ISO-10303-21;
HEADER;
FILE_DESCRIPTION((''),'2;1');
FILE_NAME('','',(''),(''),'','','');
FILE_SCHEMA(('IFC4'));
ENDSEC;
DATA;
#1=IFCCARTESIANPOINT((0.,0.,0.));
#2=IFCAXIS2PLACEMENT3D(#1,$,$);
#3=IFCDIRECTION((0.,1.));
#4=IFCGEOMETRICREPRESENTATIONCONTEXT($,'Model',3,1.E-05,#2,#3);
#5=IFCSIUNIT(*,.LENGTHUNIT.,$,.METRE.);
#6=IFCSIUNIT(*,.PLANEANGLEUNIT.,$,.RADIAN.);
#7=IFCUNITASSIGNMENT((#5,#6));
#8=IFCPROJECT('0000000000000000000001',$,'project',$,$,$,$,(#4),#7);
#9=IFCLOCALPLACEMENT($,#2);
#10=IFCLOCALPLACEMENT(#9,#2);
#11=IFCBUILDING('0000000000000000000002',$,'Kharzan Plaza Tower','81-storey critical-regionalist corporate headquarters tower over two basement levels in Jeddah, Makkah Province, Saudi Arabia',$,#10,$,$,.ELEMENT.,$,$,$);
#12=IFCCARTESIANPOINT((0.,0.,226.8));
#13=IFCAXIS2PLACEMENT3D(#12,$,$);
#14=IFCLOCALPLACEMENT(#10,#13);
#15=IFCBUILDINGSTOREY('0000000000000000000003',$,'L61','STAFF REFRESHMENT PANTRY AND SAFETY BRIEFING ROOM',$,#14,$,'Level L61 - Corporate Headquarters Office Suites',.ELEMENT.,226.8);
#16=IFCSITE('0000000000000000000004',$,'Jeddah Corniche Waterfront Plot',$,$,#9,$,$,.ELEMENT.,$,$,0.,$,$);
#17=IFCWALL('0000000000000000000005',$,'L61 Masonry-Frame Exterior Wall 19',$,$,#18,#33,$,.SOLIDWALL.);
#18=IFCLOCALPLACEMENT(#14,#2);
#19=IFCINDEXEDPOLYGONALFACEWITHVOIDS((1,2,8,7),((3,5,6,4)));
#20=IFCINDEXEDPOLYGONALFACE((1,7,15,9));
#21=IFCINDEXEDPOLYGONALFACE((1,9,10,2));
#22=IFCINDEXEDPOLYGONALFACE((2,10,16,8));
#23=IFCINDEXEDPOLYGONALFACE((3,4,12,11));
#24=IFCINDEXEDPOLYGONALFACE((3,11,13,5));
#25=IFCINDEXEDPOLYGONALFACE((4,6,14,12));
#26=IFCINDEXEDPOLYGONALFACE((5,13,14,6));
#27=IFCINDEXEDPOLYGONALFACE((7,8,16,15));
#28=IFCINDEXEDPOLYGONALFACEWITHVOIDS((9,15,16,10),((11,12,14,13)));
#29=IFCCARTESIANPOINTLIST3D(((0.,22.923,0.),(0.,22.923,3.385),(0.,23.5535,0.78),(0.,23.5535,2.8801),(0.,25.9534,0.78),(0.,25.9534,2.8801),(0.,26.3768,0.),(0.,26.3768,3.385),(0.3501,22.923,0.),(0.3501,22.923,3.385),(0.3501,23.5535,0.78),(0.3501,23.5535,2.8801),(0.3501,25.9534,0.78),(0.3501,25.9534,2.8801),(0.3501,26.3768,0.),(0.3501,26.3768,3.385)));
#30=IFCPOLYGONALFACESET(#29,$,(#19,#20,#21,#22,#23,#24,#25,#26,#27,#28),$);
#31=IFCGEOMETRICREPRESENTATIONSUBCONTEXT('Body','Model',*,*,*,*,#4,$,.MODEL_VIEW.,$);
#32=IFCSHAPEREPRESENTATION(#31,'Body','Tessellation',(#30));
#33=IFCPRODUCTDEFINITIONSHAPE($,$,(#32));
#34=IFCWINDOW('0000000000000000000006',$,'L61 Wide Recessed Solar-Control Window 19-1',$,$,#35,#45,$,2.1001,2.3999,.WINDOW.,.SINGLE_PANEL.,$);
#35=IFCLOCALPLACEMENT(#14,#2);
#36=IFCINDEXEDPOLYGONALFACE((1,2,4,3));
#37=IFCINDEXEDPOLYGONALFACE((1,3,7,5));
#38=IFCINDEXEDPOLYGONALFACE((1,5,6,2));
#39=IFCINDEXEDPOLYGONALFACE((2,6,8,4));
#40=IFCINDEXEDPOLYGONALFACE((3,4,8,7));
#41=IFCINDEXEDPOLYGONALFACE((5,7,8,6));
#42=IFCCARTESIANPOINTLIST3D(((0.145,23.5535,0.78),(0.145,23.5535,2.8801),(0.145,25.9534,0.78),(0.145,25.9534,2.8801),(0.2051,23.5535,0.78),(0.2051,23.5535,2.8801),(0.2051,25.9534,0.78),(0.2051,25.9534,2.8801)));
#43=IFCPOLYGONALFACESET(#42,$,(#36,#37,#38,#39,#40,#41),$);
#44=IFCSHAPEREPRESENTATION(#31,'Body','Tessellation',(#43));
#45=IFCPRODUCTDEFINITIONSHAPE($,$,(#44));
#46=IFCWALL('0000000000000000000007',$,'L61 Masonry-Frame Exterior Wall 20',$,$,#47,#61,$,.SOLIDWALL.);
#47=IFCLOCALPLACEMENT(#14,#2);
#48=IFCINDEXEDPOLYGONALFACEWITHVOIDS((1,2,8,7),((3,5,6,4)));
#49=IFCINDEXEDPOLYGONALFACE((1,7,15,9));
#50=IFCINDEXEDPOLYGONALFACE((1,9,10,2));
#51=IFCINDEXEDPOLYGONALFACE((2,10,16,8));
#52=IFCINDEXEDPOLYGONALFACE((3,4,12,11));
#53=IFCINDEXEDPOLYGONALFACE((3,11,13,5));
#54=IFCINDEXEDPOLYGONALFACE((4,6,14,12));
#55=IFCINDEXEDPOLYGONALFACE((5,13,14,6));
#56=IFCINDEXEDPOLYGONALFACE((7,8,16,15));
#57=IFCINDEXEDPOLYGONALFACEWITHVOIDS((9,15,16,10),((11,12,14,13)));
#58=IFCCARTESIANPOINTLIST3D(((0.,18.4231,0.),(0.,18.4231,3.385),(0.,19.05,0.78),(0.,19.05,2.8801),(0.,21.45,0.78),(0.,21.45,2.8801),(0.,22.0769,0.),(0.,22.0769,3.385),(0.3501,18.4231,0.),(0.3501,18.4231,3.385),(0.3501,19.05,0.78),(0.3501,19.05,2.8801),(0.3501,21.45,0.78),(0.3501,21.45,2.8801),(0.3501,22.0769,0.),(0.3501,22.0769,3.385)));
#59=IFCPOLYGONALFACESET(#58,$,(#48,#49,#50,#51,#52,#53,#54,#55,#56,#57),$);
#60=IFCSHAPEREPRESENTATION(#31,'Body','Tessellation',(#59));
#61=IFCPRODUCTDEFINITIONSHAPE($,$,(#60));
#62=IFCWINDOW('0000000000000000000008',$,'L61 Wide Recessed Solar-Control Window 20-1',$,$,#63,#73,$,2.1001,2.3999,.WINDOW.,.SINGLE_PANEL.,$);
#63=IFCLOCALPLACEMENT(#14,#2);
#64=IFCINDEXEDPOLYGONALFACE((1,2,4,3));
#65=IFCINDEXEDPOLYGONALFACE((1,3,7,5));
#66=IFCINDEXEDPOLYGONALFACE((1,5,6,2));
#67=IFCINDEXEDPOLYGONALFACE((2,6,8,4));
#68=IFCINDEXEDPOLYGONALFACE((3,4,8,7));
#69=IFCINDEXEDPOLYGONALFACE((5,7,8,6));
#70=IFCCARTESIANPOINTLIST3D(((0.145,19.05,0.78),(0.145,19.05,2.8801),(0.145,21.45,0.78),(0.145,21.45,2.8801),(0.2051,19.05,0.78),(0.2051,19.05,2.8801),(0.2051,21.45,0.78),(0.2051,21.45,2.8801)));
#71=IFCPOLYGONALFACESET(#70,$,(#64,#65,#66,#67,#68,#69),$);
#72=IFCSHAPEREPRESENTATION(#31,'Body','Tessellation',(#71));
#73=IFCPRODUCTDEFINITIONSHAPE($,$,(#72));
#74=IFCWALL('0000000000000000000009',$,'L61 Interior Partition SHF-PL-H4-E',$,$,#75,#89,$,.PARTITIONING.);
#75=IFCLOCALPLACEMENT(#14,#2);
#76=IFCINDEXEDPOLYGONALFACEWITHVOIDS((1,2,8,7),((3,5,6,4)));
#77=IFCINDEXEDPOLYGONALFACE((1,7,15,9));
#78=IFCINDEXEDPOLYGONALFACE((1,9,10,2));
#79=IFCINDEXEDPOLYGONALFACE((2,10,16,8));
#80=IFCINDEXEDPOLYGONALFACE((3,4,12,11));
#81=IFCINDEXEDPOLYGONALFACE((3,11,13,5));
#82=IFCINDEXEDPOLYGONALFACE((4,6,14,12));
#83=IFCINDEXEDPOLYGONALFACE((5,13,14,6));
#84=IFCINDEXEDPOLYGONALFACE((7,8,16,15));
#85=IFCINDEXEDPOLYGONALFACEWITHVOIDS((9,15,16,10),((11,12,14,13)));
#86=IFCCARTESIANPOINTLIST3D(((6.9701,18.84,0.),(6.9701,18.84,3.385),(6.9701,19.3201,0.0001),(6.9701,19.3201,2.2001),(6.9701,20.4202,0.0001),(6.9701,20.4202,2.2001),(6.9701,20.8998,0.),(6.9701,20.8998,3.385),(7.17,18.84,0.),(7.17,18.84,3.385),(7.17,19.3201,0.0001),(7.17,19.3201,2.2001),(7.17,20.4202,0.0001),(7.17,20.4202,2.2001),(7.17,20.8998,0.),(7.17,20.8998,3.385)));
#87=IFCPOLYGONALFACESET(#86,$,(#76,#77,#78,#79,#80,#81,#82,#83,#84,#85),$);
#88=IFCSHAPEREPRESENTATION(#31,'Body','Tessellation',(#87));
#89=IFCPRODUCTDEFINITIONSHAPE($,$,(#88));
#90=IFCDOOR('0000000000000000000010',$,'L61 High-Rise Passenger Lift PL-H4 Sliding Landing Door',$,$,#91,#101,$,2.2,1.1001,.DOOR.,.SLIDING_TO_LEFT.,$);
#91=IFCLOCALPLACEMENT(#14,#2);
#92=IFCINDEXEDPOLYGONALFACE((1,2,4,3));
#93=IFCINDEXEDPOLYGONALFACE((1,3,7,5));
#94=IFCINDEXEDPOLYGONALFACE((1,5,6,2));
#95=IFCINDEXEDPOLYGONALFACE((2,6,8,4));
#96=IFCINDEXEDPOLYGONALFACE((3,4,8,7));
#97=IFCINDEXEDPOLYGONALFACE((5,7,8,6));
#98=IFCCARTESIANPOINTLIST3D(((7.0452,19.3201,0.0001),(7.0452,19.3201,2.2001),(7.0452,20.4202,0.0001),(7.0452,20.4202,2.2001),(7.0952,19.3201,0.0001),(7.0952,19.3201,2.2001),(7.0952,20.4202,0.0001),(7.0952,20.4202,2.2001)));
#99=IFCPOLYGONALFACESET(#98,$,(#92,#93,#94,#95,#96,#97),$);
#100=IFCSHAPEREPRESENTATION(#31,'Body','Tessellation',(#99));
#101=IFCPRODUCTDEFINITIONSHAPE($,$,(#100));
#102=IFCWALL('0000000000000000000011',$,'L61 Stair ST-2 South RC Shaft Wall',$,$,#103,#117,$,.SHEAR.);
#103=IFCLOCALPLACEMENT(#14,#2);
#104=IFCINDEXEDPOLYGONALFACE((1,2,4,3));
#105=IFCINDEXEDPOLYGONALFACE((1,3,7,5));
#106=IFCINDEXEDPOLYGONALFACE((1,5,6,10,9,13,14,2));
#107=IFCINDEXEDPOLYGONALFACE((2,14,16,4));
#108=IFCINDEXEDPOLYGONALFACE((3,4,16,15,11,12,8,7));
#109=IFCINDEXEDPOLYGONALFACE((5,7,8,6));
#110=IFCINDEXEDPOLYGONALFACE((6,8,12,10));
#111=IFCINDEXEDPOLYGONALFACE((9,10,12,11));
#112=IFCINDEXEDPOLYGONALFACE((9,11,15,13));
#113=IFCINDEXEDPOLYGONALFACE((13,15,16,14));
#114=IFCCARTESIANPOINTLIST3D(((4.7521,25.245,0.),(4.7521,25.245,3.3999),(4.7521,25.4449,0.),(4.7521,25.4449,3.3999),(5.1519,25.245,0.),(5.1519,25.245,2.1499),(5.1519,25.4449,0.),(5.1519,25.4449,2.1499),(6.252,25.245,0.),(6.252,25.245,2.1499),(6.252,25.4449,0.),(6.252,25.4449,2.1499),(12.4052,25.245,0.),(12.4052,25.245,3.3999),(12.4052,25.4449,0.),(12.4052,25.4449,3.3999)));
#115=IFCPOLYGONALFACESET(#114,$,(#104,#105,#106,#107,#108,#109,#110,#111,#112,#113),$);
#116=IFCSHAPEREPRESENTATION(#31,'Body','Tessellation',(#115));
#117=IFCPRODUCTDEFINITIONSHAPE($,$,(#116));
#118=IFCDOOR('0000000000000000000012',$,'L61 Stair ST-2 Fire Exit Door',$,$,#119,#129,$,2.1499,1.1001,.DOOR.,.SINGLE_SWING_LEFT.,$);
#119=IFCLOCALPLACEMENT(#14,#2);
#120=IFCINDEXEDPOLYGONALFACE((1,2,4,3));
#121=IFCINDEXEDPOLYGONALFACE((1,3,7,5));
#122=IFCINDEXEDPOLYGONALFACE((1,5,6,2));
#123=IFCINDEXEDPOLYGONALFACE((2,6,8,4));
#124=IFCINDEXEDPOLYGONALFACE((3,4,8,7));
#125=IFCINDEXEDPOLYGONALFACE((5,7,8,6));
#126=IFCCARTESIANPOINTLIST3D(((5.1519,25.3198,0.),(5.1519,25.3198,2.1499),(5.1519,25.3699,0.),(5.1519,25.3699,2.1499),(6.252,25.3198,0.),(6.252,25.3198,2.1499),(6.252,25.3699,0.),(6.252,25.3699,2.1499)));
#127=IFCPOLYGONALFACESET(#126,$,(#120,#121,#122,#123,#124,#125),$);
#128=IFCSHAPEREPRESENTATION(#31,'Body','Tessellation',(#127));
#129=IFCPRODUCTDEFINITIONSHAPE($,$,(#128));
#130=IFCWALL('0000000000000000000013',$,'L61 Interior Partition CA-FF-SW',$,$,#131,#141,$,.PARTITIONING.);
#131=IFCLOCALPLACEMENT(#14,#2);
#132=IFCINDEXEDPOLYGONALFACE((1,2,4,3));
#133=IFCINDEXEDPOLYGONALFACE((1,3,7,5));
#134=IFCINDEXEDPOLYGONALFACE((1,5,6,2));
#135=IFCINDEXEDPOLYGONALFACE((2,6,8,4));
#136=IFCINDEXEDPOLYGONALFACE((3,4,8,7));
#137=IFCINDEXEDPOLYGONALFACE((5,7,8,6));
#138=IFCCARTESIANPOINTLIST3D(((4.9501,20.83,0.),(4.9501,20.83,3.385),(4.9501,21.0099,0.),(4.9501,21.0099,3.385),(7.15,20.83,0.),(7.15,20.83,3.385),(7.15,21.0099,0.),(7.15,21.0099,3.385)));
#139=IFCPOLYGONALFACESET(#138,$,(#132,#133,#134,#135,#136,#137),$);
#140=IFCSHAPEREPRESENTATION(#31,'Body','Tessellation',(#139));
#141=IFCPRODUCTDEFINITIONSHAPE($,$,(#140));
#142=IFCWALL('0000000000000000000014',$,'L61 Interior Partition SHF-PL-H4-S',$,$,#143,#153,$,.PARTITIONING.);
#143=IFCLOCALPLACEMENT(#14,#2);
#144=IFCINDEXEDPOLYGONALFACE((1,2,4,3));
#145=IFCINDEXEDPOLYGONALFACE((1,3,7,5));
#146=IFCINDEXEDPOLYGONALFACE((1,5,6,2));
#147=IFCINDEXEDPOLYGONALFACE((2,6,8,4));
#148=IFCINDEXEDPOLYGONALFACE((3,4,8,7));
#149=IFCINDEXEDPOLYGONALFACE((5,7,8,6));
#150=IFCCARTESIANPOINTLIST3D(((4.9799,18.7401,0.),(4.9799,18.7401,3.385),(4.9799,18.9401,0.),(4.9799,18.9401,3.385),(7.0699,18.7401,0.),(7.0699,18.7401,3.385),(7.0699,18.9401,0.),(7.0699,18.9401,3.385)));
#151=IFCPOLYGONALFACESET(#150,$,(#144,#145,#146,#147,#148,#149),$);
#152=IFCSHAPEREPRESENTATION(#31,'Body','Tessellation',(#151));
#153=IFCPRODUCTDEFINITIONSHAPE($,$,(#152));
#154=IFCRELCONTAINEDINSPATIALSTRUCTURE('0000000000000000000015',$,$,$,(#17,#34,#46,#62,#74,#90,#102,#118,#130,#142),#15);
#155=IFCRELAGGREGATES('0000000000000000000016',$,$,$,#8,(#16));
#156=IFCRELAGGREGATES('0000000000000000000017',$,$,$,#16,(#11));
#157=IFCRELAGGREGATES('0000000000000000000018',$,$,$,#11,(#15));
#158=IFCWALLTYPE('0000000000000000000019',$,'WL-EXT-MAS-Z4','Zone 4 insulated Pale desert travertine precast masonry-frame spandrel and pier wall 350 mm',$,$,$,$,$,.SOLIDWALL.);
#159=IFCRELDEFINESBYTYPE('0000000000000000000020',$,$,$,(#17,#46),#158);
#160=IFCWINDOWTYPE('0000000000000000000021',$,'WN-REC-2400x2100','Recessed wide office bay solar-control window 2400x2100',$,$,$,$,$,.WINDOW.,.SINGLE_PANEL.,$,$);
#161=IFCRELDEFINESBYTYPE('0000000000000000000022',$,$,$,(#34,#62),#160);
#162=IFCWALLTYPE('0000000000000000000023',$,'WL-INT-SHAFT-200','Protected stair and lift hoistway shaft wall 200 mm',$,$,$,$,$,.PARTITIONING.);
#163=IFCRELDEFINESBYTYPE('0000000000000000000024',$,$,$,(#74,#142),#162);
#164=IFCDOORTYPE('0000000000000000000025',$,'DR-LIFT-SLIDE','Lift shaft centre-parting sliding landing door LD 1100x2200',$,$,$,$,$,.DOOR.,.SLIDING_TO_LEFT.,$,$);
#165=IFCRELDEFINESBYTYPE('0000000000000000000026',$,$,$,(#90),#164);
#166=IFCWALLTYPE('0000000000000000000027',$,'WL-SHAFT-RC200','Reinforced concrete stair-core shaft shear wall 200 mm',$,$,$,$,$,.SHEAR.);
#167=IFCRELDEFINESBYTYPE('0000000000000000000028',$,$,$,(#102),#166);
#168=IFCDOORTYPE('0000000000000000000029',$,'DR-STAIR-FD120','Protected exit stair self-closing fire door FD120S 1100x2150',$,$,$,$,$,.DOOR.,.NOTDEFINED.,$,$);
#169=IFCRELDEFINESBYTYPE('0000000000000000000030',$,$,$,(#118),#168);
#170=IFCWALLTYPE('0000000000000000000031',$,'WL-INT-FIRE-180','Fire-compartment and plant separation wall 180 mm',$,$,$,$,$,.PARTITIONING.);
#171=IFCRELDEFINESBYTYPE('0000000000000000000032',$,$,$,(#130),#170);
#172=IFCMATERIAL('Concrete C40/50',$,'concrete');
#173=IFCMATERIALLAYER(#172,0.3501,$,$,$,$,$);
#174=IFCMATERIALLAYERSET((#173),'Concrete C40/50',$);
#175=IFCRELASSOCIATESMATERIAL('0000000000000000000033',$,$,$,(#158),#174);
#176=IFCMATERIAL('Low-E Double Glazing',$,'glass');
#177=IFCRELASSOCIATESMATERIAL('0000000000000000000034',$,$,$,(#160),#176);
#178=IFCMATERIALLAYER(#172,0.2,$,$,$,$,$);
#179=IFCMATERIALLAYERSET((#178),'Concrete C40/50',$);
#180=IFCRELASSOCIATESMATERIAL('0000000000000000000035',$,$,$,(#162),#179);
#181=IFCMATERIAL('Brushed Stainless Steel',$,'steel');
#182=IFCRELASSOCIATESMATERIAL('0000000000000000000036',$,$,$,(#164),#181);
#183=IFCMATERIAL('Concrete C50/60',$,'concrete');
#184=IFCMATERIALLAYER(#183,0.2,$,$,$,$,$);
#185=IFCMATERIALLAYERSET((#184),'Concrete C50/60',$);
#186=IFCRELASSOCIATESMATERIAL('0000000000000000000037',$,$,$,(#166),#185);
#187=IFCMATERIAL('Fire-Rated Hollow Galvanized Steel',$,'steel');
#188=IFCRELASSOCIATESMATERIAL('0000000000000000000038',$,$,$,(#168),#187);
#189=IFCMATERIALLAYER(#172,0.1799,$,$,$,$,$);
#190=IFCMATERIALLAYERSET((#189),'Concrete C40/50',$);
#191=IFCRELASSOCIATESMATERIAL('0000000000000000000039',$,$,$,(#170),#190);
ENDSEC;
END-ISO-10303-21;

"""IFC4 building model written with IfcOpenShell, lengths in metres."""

from ifc_helpers import new_model, si_unit, direction, frame, frame_2d, origin, place, context, subcontext, project, spatial, rectangle, extrude, source, transform, mapped, material, layer, layer_set, type_object, element, fill, save


model = new_model("IFC4")

# Units and contexts
model_context = context("Model", 3, precision=1e-05, world=origin(), true_north=direction((0.0, 1.0)))
body_context = subcontext(model_context, "Body", "Model", "MODEL_VIEW")
ifc_project = project(units=[si_unit("LENGTHUNIT", "METRE"), si_unit("PLANEANGLEUNIT", "RADIAN")], contexts=[model_context])

# Site, building, storey
site_placement = place(None, origin())
site = spatial("IfcSite", under=ifc_project, at=site_placement, Name="Jeddah Corniche Waterfront Plot", CompositionType="ELEMENT", RefElevation=0.0)
building_placement = place(site_placement, origin())
building = spatial("IfcBuilding", under=site, at=building_placement, Name="Kharzan Plaza Tower", Description="81-storey critical-regionalist corporate headquarters tower over two basement levels in Jeddah, Makkah Province, Saudi Arabia", CompositionType="ELEMENT")
storey_placement = place(building_placement, frame((0.0, 0.0, 226.8)))
storey = spatial("IfcBuildingStorey", under=building, at=storey_placement, Name="L61", Description="STAFF REFRESHMENT PANTRY AND SAFETY BRIEFING ROOM", LongName="Level L61 - Corporate Headquarters Office Suites", CompositionType="ELEMENT", Elevation=226.8)

# Shared definitions
ifc_material_1 = material(Name="Concrete C50/60", Category="concrete")

# Walls, openings, windows
ifc_material_2 = material(Name="Concrete C40/50", Category="concrete")
ifc_layer_1 = layer(ifc_material_2, 0.3501)
ifc_layer_set_1 = layer_set([ifc_layer_1], Name="Concrete C40/50")
wall_type_1 = type_object("IfcWallType", Name="WL-EXT-MAS-Z4", Description="Zone 4 insulated Pale desert travertine precast masonry-frame spandrel and pier wall 350 mm", PredefinedType="SOLIDWALL", material=ifc_layer_set_1)
wall_1_placement = place(storey_placement, frame((0.175, 26.377, 0.0), z_axis=(0.0, 0.0, 1.0), x_axis=(0.0, -1.0, 0.0)))
wall_1 = element("IfcWall", 1, at=wall_1_placement, inside=storey, type_object=wall_type_1, Name="L61 Masonry-Frame Exterior Wall 19", PredefinedType="SOLIDWALL", context=body_context, shape_type="SweptSolid", body=[
    extrude(rectangle(XDim=3.4539, YDim=0.3501, at=frame_2d((1.7271, 0.0))), origin(), (0.0, 0.0, 1.0), 3.385),
])
opening_1_placement = place(wall_1_placement, frame((0.4236, 0.0, 0.78)))
opening_1 = element("IfcOpeningElement", 2, at=opening_1_placement, cuts=wall_1, PredefinedType="OPENING", context=body_context, shape_type="SweptSolid", body=[
    extrude(rectangle(XDim=2.3999, YDim=2.1001, at=frame_2d((1.2, 1.05))), frame((0.0, 0.1851, 0.0), z_axis=(0.0, -1.0, 0.0), x_axis=(1.0, 0.0, 0.0)), (0.0, 0.0, 1.0), 0.3701),
])
ifc_material_3 = material(Name="Low-E Double Glazing", Category="glass")
window_type = type_object("IfcWindowType", Name="WN-REC-2400x2100", Description="Recessed wide office bay solar-control window 2400x2100", PartitioningType="SINGLE_PANEL", PredefinedType="WINDOW", material=ifc_material_3)
shared_shape_1 = source(origin(), body_context, "Body", "SweptSolid", [
    extrude(rectangle(XDim=2.3999, YDim=2.1001, at=frame_2d((1.2, 1.05))), frame((0.0, 0.03, 0.0), z_axis=(0.0, -1.0, 0.0), x_axis=(1.0, 0.0, 0.0)), (0.0, 0.0, 1.0), 0.0601),
])
window_1_placement = place(opening_1_placement, origin())
window_1 = element("IfcWindow", 3, at=window_1_placement, inside=storey, type_object=window_type, Name="L61 Wide Recessed Solar-Control Window 19-1", OverallHeight=2.1001, OverallWidth=2.3999, PartitioningType="SINGLE_PANEL", PredefinedType="WINDOW", context=body_context, shape_type="MappedRepresentation", body=[
    mapped(shared_shape_1, transform((0.0, 0.0, 0.0), x_axis=(1.0, 0.0, 0.0), y_axis=(0.0, 1.0, 0.0), z_axis=(0.0, 0.0, 1.0))),
])
fill(opening_1, window_1)
wall_2_placement = place(storey_placement, frame((0.175, 22.0769, 0.0), z_axis=(0.0, 0.0, 1.0), x_axis=(0.0, -1.0, 0.0)))
wall_2 = element("IfcWall", 4, at=wall_2_placement, inside=storey, type_object=wall_type_1, Name="L61 Masonry-Frame Exterior Wall 20", PredefinedType="SOLIDWALL", context=body_context, shape_type="SweptSolid", body=[
    extrude(rectangle(XDim=3.6538, YDim=0.3501, at=frame_2d((1.8269, 0.0))), origin(), (0.0, 0.0, 1.0), 3.385),
])
opening_2_placement = place(wall_2_placement, frame((0.627, 0.0, 0.78)))
opening_2 = element("IfcOpeningElement", 5, at=opening_2_placement, cuts=wall_2, PredefinedType="OPENING", context=body_context, shape_type="SweptSolid", body=[
    extrude(rectangle(XDim=2.3999, YDim=2.1001, at=frame_2d((1.2, 1.05))), frame((0.0, 0.1851, 0.0), z_axis=(0.0, -1.0, 0.0), x_axis=(1.0, 0.0, 0.0)), (0.0, 0.0, 1.0), 0.3701),
])
window_2_placement = place(opening_2_placement, origin())
window_2 = element("IfcWindow", 6, at=window_2_placement, inside=storey, type_object=window_type, Name="L61 Wide Recessed Solar-Control Window 20-1", OverallHeight=2.1001, OverallWidth=2.3999, PartitioningType="SINGLE_PANEL", PredefinedType="WINDOW", context=body_context, shape_type="MappedRepresentation", body=[
    mapped(shared_shape_1, transform((0.0, 0.0, 0.0), x_axis=(1.0, 0.0, 0.0), y_axis=(0.0, 1.0, 0.0), z_axis=(0.0, 0.0, 1.0))),
])
fill(opening_2, window_2)

# Walls, openings, doors
ifc_layer_2 = layer(ifc_material_2, 0.2)
ifc_layer_set_2 = layer_set([ifc_layer_2], Name="Concrete C40/50")
wall_type_2 = type_object("IfcWallType", Name="WL-INT-SHAFT-200", Description="Protected stair and lift hoistway shaft wall 200 mm", PredefinedType="PARTITIONING", material=ifc_layer_set_2)
wall_3_placement = place(storey_placement, frame((7.0701, 18.8401, 0.0), z_axis=(0.0, 0.0, 1.0), x_axis=(0.0, 1.0, 0.0)))
wall_3 = element("IfcWall", 7, at=wall_3_placement, inside=storey, type_object=wall_type_2, Name="L61 Interior Partition SHF-PL-H4-E", PredefinedType="PARTITIONING", context=body_context, shape_type="SweptSolid", body=[
    extrude(rectangle(XDim=2.0598, YDim=0.2, at=frame_2d((1.0298, 0.0))), origin(), (0.0, 0.0, 1.0), 3.385),
])
opening_3_placement = place(wall_3_placement, frame((0.48, 0.0, 0.0)))
opening_3 = element("IfcOpeningElement", 8, at=opening_3_placement, cuts=wall_3, PredefinedType="OPENING", context=body_context, shape_type="SweptSolid", body=[
    extrude(rectangle(XDim=1.1001, YDim=2.2, at=frame_2d((0.55, 1.1001))), frame((0.0, 0.1099, 0.0), z_axis=(0.0, -1.0, 0.0), x_axis=(1.0, 0.0, 0.0)), (0.0, 0.0, 1.0), 0.22),
])
ifc_material_4 = material(Name="Brushed Stainless Steel", Category="steel")
door_type_1 = type_object("IfcDoorType", Name="DR-LIFT-SLIDE", Description="Lift shaft centre-parting sliding landing door LD 1100x2200", OperationType="SLIDING_TO_LEFT", PredefinedType="DOOR", material=ifc_material_4)
shared_shape_2 = source(origin(), body_context, "Body", "SweptSolid", [
    extrude(rectangle(XDim=1.1001, YDim=2.2, at=frame_2d((0.55, 1.1001))), frame((0.0, 0.0249, 0.0), z_axis=(0.0, -1.0, 0.0), x_axis=(1.0, 0.0, 0.0)), (0.0, 0.0, 1.0), 0.05),
])
door_1_placement = place(opening_3_placement, origin())
door_1 = element("IfcDoor", 9, at=door_1_placement, inside=storey, type_object=door_type_1, Name="L61 High-Rise Passenger Lift PL-H4 Sliding Landing Door", OperationType="SLIDING_TO_LEFT", OverallHeight=2.2, OverallWidth=1.1001, PredefinedType="DOOR", context=body_context, shape_type="MappedRepresentation", body=[
    mapped(shared_shape_2, transform((0.0, 0.0, 0.0), x_axis=(1.0, 0.0, 0.0), y_axis=(0.0, 1.0, 0.0), z_axis=(0.0, 0.0, 1.0))),
])
fill(opening_3, door_1)
ifc_layer_3 = layer(ifc_material_1, 0.2)
ifc_layer_set_3 = layer_set([ifc_layer_3], Name="Concrete C50/60")
wall_type_3 = type_object("IfcWallType", Name="WL-SHAFT-RC200", Description="Reinforced concrete stair-core shaft shear wall 200 mm", PredefinedType="SHEAR", material=ifc_layer_set_3)
wall_4_placement = place(storey_placement, frame((4.752, 25.345, 0.0), z_axis=(0.0, 0.0, 1.0), x_axis=(1.0, 0.0, 0.0)))
wall_4 = element("IfcWall", 10, at=wall_4_placement, inside=storey, type_object=wall_type_3, Name="L61 Stair ST-2 South RC Shaft Wall", PredefinedType="SHEAR", context=body_context, shape_type="SweptSolid", body=[
    extrude(rectangle(XDim=7.6531, YDim=0.2, at=frame_2d((3.8267, 0.0))), origin(), (0.0, 0.0, 1.0), 3.3999),
])
opening_4_placement = place(wall_4_placement, frame((0.3999, 0.0, 0.0)))
opening_4 = element("IfcOpeningElement", 11, at=opening_4_placement, cuts=wall_4, PredefinedType="OPENING", context=body_context, shape_type="SweptSolid", body=[
    extrude(rectangle(XDim=1.1001, YDim=2.1499, at=frame_2d((0.55, 1.075))), frame((0.0, 0.1099, 0.0), z_axis=(0.0, -1.0, 0.0), x_axis=(1.0, 0.0, 0.0)), (0.0, 0.0, 1.0), 0.22),
])
ifc_material_5 = material(Name="Fire-Rated Hollow Galvanized Steel", Category="steel")
door_type_2 = type_object("IfcDoorType", Name="DR-STAIR-FD120", Description="Protected exit stair self-closing fire door FD120S 1100x2150", OperationType="NOTDEFINED", PredefinedType="DOOR", material=ifc_material_5)
shared_shape_3 = source(origin(), body_context, "Body", "SweptSolid", [
    extrude(rectangle(XDim=1.1001, YDim=2.1499, at=frame_2d((0.55, 1.075))), frame((0.0, 0.0249, 0.0), z_axis=(0.0, -1.0, 0.0), x_axis=(1.0, 0.0, 0.0)), (0.0, 0.0, 1.0), 0.05),
])
door_2_placement = place(opening_4_placement, origin())
door_2 = element("IfcDoor", 12, at=door_2_placement, inside=storey, type_object=door_type_2, Name="L61 Stair ST-2 Fire Exit Door", OperationType="SINGLE_SWING_LEFT", OverallHeight=2.1499, OverallWidth=1.1001, PredefinedType="DOOR", context=body_context, shape_type="MappedRepresentation", body=[
    mapped(shared_shape_3, transform((0.0, 0.0, 0.0), x_axis=(1.0, 0.0, 0.0), y_axis=(0.0, 1.0, 0.0), z_axis=(0.0, 0.0, 1.0))),
])
fill(opening_4, door_2)

# Walls
ifc_layer_4 = layer(ifc_material_2, 0.1799)
ifc_layer_set_4 = layer_set([ifc_layer_4], Name="Concrete C40/50")
wall_type_4 = type_object("IfcWallType", Name="WL-INT-FIRE-180", Description="Fire-compartment and plant separation wall 180 mm", PredefinedType="PARTITIONING", material=ifc_layer_set_4)
shared_shape_4 = source(origin(), body_context, "Body", "SweptSolid", [
    extrude(rectangle(XDim=2.2, YDim=0.1799, at=frame_2d((1.1001, 0.0))), origin(), (0.0, 0.0, 1.0), 3.385),
])
wall_5_placement = place(storey_placement, frame((4.95, 20.9199, 0.0), z_axis=(0.0, 0.0, 1.0), x_axis=(1.0, 0.0, 0.0)))
element("IfcWall", 13, at=wall_5_placement, inside=storey, type_object=wall_type_4, Name="L61 Interior Partition CA-FF-SW", PredefinedType="PARTITIONING", context=body_context, shape_type="MappedRepresentation", body=[
    mapped(shared_shape_4, transform((0.0, 0.0, 0.0), x_axis=(1.0, 0.0, 0.0), y_axis=(0.0, 1.0, 0.0), z_axis=(0.0, 0.0, 1.0))),
])
shared_shape_5 = source(origin(), body_context, "Body", "SweptSolid", [
    extrude(rectangle(XDim=2.0901, YDim=0.2, at=frame_2d((1.0449, 0.0))), origin(), (0.0, 0.0, 1.0), 3.385),
])
wall_6_placement = place(storey_placement, frame((4.98, 18.8401, 0.0), z_axis=(0.0, 0.0, 1.0), x_axis=(1.0, 0.0, 0.0)))
element("IfcWall", 14, at=wall_6_placement, inside=storey, type_object=wall_type_2, Name="L61 Interior Partition SHF-PL-H4-S", PredefinedType="PARTITIONING", context=body_context, shape_type="MappedRepresentation", body=[
    mapped(shared_shape_5, transform((0.0, 0.0, 0.0), x_axis=(1.0, 0.0, 0.0), y_axis=(0.0, 1.0, 0.0), z_axis=(0.0, 0.0, 1.0))),
])

save(model, "model.ifc")
